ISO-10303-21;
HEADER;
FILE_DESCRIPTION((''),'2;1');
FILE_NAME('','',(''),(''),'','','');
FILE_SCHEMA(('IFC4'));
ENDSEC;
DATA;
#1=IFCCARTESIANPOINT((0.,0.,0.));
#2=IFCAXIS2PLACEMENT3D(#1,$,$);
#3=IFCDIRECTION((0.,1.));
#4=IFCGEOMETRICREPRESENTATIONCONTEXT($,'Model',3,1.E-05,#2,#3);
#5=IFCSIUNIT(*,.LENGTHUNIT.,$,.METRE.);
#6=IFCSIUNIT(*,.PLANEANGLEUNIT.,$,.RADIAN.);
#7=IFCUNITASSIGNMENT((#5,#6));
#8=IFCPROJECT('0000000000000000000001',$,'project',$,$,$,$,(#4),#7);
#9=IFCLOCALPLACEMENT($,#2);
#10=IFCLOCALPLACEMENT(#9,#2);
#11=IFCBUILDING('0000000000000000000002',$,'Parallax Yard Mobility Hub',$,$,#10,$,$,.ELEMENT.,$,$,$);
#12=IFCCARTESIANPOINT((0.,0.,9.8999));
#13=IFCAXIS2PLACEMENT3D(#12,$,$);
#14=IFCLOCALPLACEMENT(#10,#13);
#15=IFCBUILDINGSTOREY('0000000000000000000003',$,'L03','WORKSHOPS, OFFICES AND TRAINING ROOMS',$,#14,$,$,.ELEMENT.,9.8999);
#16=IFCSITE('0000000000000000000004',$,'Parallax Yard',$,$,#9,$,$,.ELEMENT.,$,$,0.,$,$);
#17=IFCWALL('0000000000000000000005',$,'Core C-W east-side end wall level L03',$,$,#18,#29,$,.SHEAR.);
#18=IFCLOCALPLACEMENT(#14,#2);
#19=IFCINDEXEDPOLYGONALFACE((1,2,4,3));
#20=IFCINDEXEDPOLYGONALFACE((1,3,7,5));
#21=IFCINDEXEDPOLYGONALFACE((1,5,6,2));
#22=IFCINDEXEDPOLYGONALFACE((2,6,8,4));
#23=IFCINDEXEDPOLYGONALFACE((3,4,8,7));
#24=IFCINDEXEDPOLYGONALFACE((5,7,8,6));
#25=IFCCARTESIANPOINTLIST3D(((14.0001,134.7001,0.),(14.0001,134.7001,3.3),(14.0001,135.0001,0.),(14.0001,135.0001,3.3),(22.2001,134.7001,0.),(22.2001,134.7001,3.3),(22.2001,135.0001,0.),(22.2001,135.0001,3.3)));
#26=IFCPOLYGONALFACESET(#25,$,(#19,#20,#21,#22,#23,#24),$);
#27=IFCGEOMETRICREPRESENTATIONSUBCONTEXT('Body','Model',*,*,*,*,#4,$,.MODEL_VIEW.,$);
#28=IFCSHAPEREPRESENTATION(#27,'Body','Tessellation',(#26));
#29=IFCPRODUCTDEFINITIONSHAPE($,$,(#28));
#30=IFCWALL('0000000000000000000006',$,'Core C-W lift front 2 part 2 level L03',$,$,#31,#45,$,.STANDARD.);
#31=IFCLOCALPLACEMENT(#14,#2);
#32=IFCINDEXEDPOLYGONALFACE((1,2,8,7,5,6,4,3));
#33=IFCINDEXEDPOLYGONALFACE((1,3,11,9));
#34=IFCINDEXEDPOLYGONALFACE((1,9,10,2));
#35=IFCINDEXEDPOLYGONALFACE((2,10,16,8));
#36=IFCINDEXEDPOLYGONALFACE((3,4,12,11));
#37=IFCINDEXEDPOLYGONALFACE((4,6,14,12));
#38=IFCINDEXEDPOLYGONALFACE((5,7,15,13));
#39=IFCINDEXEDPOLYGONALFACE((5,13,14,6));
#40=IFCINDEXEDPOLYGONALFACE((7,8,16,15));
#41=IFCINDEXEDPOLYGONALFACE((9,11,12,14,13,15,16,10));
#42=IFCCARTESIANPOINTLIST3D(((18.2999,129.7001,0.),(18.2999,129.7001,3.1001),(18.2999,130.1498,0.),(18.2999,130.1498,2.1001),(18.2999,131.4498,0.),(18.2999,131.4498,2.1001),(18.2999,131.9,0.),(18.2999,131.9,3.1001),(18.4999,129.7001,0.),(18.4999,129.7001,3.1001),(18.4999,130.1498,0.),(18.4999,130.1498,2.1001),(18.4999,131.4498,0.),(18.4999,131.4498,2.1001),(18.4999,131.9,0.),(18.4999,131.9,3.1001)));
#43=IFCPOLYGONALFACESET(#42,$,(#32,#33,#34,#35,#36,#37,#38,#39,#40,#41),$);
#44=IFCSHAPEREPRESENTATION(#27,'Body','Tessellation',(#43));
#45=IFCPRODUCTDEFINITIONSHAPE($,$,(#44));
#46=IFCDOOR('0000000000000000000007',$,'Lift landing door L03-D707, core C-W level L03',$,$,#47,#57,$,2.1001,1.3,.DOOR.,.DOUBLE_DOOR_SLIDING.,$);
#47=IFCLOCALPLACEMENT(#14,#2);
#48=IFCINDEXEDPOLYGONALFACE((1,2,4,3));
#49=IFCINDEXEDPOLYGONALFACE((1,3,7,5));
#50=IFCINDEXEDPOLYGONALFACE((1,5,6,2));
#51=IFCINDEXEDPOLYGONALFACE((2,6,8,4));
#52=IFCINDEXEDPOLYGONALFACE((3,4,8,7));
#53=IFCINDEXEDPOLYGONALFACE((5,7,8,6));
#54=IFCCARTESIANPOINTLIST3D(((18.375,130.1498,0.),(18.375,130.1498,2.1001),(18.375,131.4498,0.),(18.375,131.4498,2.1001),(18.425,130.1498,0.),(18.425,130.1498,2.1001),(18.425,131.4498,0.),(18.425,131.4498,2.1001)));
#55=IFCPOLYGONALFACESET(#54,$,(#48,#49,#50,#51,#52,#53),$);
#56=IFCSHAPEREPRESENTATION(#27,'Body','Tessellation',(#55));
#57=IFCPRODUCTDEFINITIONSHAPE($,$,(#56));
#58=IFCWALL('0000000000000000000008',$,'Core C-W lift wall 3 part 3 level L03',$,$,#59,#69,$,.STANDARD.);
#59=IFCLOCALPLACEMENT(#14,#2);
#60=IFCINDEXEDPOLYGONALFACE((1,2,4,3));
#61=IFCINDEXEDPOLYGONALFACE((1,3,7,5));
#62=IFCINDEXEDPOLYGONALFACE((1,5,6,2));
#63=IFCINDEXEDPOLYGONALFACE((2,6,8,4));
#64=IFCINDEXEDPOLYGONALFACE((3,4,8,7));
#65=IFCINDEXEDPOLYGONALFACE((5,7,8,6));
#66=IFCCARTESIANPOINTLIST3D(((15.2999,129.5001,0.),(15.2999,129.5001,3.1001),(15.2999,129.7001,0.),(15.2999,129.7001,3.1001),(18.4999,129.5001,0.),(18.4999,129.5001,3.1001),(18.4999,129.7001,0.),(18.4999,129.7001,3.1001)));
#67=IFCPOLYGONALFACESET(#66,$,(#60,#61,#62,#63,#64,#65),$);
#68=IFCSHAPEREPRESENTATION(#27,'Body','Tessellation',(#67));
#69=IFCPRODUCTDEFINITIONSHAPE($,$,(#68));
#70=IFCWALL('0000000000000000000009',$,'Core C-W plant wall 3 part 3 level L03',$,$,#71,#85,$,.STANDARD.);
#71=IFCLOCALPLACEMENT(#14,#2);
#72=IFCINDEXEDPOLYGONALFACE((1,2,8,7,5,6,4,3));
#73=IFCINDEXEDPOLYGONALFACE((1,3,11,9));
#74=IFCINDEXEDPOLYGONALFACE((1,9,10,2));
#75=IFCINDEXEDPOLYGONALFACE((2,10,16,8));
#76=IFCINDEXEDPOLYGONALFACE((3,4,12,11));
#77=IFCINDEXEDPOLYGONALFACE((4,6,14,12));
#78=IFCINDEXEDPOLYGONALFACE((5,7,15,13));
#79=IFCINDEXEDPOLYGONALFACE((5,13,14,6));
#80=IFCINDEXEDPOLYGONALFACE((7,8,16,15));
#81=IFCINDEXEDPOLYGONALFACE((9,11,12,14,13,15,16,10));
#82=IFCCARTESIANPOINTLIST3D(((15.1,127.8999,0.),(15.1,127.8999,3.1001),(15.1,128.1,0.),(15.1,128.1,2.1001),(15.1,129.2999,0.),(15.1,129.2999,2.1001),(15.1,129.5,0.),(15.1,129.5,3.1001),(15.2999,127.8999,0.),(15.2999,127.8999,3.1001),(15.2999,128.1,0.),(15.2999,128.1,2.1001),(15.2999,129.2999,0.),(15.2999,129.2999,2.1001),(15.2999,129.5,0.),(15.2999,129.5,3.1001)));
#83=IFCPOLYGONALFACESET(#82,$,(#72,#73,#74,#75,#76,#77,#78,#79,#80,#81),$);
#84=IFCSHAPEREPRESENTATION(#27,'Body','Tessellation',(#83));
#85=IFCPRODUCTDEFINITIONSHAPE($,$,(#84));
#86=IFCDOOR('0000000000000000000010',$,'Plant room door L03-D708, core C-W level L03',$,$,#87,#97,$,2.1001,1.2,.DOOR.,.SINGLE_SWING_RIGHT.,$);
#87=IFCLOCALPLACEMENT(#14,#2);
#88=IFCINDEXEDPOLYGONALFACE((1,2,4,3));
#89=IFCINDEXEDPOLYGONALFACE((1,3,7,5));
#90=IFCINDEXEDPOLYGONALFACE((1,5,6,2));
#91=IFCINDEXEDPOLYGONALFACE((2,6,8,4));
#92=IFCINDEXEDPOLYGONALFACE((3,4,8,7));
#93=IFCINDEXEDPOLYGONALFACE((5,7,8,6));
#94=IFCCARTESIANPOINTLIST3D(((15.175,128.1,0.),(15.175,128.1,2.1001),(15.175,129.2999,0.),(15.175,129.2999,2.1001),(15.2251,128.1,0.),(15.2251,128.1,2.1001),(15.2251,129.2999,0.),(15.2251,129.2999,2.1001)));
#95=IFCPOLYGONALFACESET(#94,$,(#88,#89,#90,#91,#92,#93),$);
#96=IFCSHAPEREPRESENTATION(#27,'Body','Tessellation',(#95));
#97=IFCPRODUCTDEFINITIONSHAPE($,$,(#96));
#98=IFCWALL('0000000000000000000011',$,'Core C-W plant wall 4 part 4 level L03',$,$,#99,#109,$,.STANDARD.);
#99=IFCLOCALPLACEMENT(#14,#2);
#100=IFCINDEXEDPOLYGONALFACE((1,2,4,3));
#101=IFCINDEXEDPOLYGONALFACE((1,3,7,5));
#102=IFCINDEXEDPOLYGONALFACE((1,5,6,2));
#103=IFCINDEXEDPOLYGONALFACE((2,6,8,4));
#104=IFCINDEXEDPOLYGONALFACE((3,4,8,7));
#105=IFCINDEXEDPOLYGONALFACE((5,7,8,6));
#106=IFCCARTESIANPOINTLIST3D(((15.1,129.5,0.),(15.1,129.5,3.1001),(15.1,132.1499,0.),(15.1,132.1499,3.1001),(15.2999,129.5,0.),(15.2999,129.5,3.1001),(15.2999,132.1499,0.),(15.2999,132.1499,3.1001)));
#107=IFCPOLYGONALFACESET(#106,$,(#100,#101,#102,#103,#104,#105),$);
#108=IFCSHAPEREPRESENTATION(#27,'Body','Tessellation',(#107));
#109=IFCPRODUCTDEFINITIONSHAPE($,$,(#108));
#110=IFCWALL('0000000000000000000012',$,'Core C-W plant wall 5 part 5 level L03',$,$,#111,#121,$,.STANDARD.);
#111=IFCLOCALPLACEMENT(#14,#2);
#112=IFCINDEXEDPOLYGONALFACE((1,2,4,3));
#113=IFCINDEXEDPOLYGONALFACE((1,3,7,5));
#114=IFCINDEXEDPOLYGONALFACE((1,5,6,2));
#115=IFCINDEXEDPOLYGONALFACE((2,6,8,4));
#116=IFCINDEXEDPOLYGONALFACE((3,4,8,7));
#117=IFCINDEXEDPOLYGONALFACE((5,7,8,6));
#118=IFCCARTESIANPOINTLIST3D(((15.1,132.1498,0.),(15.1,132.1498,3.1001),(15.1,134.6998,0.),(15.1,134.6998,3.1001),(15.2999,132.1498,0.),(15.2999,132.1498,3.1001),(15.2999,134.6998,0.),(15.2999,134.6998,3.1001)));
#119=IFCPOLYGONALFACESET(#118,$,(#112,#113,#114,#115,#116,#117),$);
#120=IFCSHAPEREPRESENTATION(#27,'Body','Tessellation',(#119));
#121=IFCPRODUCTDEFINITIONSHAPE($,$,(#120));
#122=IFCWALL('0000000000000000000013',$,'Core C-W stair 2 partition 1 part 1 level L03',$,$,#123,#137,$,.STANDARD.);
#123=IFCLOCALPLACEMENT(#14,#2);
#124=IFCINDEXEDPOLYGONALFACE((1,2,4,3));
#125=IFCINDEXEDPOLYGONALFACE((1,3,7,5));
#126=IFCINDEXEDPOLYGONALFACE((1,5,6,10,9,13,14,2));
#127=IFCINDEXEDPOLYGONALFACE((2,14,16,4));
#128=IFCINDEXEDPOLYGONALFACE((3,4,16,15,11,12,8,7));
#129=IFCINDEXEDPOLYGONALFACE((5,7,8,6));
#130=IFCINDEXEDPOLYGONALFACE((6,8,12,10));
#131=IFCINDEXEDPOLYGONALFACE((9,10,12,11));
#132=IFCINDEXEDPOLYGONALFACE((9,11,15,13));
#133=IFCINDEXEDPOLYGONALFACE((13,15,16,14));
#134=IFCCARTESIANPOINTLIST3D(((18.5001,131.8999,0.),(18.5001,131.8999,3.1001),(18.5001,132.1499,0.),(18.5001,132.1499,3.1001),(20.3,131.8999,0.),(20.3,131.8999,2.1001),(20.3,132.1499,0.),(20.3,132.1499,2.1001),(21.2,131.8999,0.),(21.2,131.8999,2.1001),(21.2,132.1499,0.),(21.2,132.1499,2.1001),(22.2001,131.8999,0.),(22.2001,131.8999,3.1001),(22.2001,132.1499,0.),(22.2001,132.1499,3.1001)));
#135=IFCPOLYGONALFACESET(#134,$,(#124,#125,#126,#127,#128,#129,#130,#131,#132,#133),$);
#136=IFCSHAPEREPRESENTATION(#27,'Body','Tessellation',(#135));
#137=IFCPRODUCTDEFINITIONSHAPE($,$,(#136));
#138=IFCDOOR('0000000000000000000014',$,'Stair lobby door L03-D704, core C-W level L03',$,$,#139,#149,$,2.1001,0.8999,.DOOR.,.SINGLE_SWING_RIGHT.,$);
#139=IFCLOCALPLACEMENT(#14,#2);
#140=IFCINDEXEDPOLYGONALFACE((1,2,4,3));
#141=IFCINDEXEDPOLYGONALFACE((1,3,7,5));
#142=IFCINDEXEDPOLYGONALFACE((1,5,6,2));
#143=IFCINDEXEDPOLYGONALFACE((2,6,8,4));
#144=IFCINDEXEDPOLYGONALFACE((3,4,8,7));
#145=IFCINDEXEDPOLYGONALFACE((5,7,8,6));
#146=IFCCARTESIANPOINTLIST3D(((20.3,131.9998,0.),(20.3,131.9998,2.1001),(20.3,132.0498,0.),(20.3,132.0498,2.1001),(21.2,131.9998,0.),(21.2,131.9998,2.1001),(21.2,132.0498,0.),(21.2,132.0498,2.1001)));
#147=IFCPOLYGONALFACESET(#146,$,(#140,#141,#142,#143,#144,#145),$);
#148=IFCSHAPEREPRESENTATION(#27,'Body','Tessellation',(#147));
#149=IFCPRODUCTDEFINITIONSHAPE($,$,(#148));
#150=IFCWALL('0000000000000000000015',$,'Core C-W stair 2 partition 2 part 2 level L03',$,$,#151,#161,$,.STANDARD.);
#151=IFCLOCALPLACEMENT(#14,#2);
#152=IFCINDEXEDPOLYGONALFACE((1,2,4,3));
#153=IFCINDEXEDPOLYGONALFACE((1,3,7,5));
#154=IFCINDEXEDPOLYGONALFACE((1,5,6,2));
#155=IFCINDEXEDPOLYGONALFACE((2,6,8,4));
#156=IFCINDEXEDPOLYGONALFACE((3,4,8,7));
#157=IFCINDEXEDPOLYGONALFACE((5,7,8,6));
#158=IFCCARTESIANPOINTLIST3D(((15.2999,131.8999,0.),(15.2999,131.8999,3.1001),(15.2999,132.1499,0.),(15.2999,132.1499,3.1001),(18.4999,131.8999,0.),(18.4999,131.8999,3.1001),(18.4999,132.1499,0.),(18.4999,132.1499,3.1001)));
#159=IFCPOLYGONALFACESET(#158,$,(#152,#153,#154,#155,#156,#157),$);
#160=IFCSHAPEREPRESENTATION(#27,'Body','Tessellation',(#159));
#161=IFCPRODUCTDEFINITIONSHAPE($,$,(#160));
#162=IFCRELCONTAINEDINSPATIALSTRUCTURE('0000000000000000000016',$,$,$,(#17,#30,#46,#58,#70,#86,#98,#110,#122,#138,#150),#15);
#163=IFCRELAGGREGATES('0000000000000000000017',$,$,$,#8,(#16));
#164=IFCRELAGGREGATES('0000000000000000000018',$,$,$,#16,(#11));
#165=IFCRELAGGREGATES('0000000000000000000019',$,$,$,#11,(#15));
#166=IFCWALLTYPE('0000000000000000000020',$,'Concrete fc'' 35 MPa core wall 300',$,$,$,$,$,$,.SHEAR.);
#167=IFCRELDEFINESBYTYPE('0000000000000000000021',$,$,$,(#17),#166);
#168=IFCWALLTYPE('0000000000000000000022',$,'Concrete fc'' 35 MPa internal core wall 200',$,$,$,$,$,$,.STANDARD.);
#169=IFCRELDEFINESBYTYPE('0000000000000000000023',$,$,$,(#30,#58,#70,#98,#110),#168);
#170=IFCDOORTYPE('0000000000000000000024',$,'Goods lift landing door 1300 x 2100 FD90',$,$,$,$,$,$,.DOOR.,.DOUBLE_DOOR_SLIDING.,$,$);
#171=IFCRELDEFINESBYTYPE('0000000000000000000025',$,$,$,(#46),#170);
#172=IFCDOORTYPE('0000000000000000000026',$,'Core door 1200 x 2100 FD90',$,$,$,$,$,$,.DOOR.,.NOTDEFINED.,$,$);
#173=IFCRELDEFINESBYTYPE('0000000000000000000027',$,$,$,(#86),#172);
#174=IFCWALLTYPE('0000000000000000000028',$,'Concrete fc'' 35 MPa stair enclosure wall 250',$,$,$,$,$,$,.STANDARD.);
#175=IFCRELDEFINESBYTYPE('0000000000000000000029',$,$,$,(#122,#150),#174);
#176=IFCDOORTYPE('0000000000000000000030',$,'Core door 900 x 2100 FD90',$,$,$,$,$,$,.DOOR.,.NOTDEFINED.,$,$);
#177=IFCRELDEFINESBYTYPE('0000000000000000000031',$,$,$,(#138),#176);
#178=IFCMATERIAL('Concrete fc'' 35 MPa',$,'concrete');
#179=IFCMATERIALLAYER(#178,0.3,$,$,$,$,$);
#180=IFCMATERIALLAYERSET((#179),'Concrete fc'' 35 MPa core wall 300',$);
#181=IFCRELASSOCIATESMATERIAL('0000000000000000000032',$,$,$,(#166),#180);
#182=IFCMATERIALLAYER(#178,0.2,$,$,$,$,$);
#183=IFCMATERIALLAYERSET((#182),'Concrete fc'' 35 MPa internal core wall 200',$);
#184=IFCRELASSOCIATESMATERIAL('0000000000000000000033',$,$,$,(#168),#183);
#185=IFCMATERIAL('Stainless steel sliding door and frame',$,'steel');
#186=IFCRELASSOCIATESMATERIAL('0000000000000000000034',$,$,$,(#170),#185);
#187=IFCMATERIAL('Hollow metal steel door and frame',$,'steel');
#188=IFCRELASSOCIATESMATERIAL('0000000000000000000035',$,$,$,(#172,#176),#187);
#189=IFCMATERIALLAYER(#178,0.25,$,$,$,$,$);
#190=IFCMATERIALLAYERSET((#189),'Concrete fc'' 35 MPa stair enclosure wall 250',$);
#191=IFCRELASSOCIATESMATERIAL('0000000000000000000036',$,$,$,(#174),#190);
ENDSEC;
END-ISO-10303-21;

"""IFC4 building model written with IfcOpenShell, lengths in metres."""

from ifc_helpers import new_model, si_unit, direction, frame, frame_2d, origin, place, context, subcontext, project, spatial, rectangle, extrude, material, layer, layer_set, type_object, element, fill, save


model = new_model("IFC4")

# Units and contexts
model_context = context("Model", 3, precision=1e-05, world=origin(), true_north=direction((0.0, 1.0)))
body_context = subcontext(model_context, "Body", "Model", "MODEL_VIEW")
ifc_project = project(units=[si_unit("LENGTHUNIT", "METRE"), si_unit("PLANEANGLEUNIT", "RADIAN")], contexts=[model_context])

# Site, building, storey
site_placement = place(None, origin())
site = spatial("IfcSite", under=ifc_project, at=site_placement, Name="Parallax Yard", CompositionType="ELEMENT", RefElevation=0.0)
building_placement = place(site_placement, origin())
building = spatial("IfcBuilding", under=site, at=building_placement, Name="Parallax Yard Mobility Hub", CompositionType="ELEMENT")
storey_placement = place(building_placement, frame((0.0, 0.0, 9.8999)))
storey = spatial("IfcBuildingStorey", under=building, at=storey_placement, Name="L03", Description="WORKSHOPS, OFFICES AND TRAINING ROOMS", CompositionType="ELEMENT", Elevation=9.8999)

# Wall
ifc_material_1 = material(Name="Concrete fc' 35 MPa", Category="concrete")
ifc_layer_1 = layer(ifc_material_1, 0.3)
ifc_layer_set_1 = layer_set([ifc_layer_1], Name="Concrete fc' 35 MPa core wall 300")
wall_type_1 = type_object("IfcWallType", Name="Concrete fc' 35 MPa core wall 300", PredefinedType="SHEAR", material=ifc_layer_set_1)
wall_1_placement = place(storey_placement, frame((14.0, 134.8501, 0.0), z_axis=(0.0, 0.0, 1.0), x_axis=(1.0, 0.0, 0.0)))
element("IfcWall", 1, at=wall_1_placement, inside=storey, type_object=wall_type_1, Name="Core C-W east-side end wall level L03", PredefinedType="SHEAR", context=body_context, shape_type="SweptSolid", body=[
    extrude(rectangle(XDim=8.2, YDim=0.3, at=frame_2d((4.1001, 0.0))), origin(), (0.0, 0.0, 1.0), 3.3),
])

# Wall, opening, door
ifc_layer_2 = layer(ifc_material_1, 0.2)
ifc_layer_set_2 = layer_set([ifc_layer_2], Name="Concrete fc' 35 MPa internal core wall 200")
wall_type_2 = type_object("IfcWallType", Name="Concrete fc' 35 MPa internal core wall 200", PredefinedType="STANDARD", material=ifc_layer_set_2)
wall_2_placement = place(storey_placement, frame((18.3999, 129.7, 0.0), z_axis=(0.0, 0.0, 1.0), x_axis=(0.0, 1.0, 0.0)))
wall_2 = element("IfcWall", 2, at=wall_2_placement, inside=storey, type_object=wall_type_2, Name="Core C-W lift front 2 part 2 level L03", PredefinedType="STANDARD", context=body_context, shape_type="SweptSolid", body=[
    extrude(rectangle(XDim=2.2, YDim=0.2, at=frame_2d((1.1001, 0.0))), origin(), (0.0, 0.0, 1.0), 3.1001),
])
opening_1_placement = place(wall_2_placement, frame((0.45, 0.0, 0.0)))
opening_1 = element("IfcOpeningElement", 3, at=opening_1_placement, cuts=wall_2, PredefinedType="OPENING", context=body_context, shape_type="SweptSolid", body=[
    extrude(rectangle(XDim=1.3, YDim=2.1001, at=frame_2d((0.6499, 1.05))), frame((0.0, 0.1099, 0.0), z_axis=(0.0, -1.0, 0.0), x_axis=(1.0, 0.0, 0.0)), (0.0, 0.0, 1.0), 0.22),
])
ifc_material_2 = material(Name="Stainless steel sliding door and frame", Category="steel")
door_type_1 = type_object("IfcDoorType", Name="Goods lift landing door 1300 x 2100 FD90", OperationType="DOUBLE_DOOR_SLIDING", PredefinedType="DOOR", material=ifc_material_2)
door_1_placement = place(opening_1_placement, origin())
door_1 = element("IfcDoor", 4, at=door_1_placement, inside=storey, type_object=door_type_1, Name="Lift landing door L03-D707, core C-W level L03", OperationType="DOUBLE_DOOR_SLIDING", OverallHeight=2.1001, OverallWidth=1.3, PredefinedType="DOOR", context=body_context, shape_type="SweptSolid", body=[
    extrude(rectangle(XDim=1.3, YDim=2.1001, at=frame_2d((0.6499, 1.05))), frame((0.0, 0.0249, 0.0), z_axis=(0.0, -1.0, 0.0), x_axis=(1.0, 0.0, 0.0)), (0.0, 0.0, 1.0), 0.05),
])
fill(opening_1, door_1)

# Wall
wall_3_placement = place(storey_placement, frame((18.5, 129.6001, 0.0), z_axis=(0.0, 0.0, 1.0), x_axis=(-1.0, 0.0, 0.0)))
element("IfcWall", 5, at=wall_3_placement, inside=storey, type_object=wall_type_2, Name="Core C-W lift wall 3 part 3 level L03", PredefinedType="STANDARD", context=body_context, shape_type="SweptSolid", body=[
    extrude(rectangle(XDim=3.2, YDim=0.2, at=frame_2d((1.6001, 0.0))), origin(), (0.0, 0.0, 1.0), 3.1001),
])

# Wall, opening, door
wall_4_placement = place(storey_placement, frame((15.2, 127.8999, 0.0), z_axis=(0.0, 0.0, 1.0), x_axis=(0.0, 1.0, 0.0)))
wall_4 = element("IfcWall", 6, at=wall_4_placement, inside=storey, type_object=wall_type_2, Name="Core C-W plant wall 3 part 3 level L03", PredefinedType="STANDARD", context=body_context, shape_type="SweptSolid", body=[
    extrude(rectangle(XDim=1.6001, YDim=0.2, at=frame_2d((0.8, 0.0))), origin(), (0.0, 0.0, 1.0), 3.1001),
])
opening_2_placement = place(wall_4_placement, frame((0.2, 0.0, 0.0)))
opening_2 = element("IfcOpeningElement", 7, at=opening_2_placement, cuts=wall_4, PredefinedType="OPENING", context=body_context, shape_type="SweptSolid", body=[
    extrude(rectangle(XDim=1.2, YDim=2.1001, at=frame_2d((0.6001, 1.05))), frame((0.0, 0.1099, 0.0), z_axis=(0.0, -1.0, 0.0), x_axis=(1.0, 0.0, 0.0)), (0.0, 0.0, 1.0), 0.22),
])
ifc_material_3 = material(Name="Hollow metal steel door and frame", Category="steel")
door_type_2 = type_object("IfcDoorType", Name="Core door 1200 x 2100 FD90", OperationType="NOTDEFINED", PredefinedType="DOOR", material=ifc_material_3)
door_2_placement = place(opening_2_placement, origin())
door_2 = element("IfcDoor", 8, at=door_2_placement, inside=storey, type_object=door_type_2, Name="Plant room door L03-D708, core C-W level L03", OperationType="SINGLE_SWING_RIGHT", OverallHeight=2.1001, OverallWidth=1.2, PredefinedType="DOOR", context=body_context, shape_type="SweptSolid", body=[
    extrude(rectangle(XDim=1.2, YDim=2.1001, at=frame_2d((0.6001, 1.05))), frame((0.0, 0.0249, 0.0), z_axis=(0.0, -1.0, 0.0), x_axis=(1.0, 0.0, 0.0)), (0.0, 0.0, 1.0), 0.05),
])
fill(opening_2, door_2)

# Walls
wall_5_placement = place(storey_placement, frame((15.2, 129.5, 0.0), z_axis=(0.0, 0.0, 1.0), x_axis=(0.0, 1.0, 0.0)))
element("IfcWall", 9, at=wall_5_placement, inside=storey, type_object=wall_type_2, Name="Core C-W plant wall 4 part 4 level L03", PredefinedType="STANDARD", context=body_context, shape_type="SweptSolid", body=[
    extrude(rectangle(XDim=2.6499, YDim=0.2, at=frame_2d((1.325, 0.0))), origin(), (0.0, 0.0, 1.0), 3.1001),
])
wall_6_placement = place(storey_placement, frame((15.2, 132.1499, 0.0), z_axis=(0.0, 0.0, 1.0), x_axis=(0.0, 1.0, 0.0)))
element("IfcWall", 10, at=wall_6_placement, inside=storey, type_object=wall_type_2, Name="Core C-W plant wall 5 part 5 level L03", PredefinedType="STANDARD", context=body_context, shape_type="SweptSolid", body=[
    extrude(rectangle(XDim=2.55, YDim=0.2, at=frame_2d((1.2749, 0.0))), origin(), (0.0, 0.0, 1.0), 3.1001),
])

# Wall, opening, door
ifc_layer_3 = layer(ifc_material_1, 0.25)
ifc_layer_set_3 = layer_set([ifc_layer_3], Name="Concrete fc' 35 MPa stair enclosure wall 250")
wall_type_3 = type_object("IfcWallType", Name="Concrete fc' 35 MPa stair enclosure wall 250", PredefinedType="STANDARD", material=ifc_layer_set_3)
wall_7_placement = place(storey_placement, frame((18.5, 132.0249, 0.0), z_axis=(0.0, 0.0, 1.0), x_axis=(1.0, 0.0, 0.0)))
wall_7 = element("IfcWall", 11, at=wall_7_placement, inside=storey, type_object=wall_type_3, Name="Core C-W stair 2 partition 1 part 1 level L03", PredefinedType="STANDARD", context=body_context, shape_type="SweptSolid", body=[
    extrude(rectangle(XDim=3.7, YDim=0.25, at=frame_2d((1.8501, 0.0))), origin(), (0.0, 0.0, 1.0), 3.1001),
])
opening_3_placement = place(wall_7_placement, frame((1.8, 0.0, 0.0)))
opening_3 = element("IfcOpeningElement", 12, at=opening_3_placement, cuts=wall_7, PredefinedType="OPENING", context=body_context, shape_type="SweptSolid", body=[
    extrude(rectangle(XDim=0.8999, YDim=2.1001, at=frame_2d((0.45, 1.05))), frame((0.0, 0.135, 0.0), z_axis=(0.0, -1.0, 0.0), x_axis=(1.0, 0.0, 0.0)), (0.0, 0.0, 1.0), 0.27),
])
door_type_3 = type_object("IfcDoorType", Name="Core door 900 x 2100 FD90", OperationType="NOTDEFINED", PredefinedType="DOOR", material=ifc_material_3)
door_3_placement = place(opening_3_placement, origin())
door_3 = element("IfcDoor", 13, at=door_3_placement, inside=storey, type_object=door_type_3, Name="Stair lobby door L03-D704, core C-W level L03", OperationType="SINGLE_SWING_RIGHT", OverallHeight=2.1001, OverallWidth=0.8999, PredefinedType="DOOR", context=body_context, shape_type="SweptSolid", body=[
    extrude(rectangle(XDim=0.8999, YDim=2.1001, at=frame_2d((0.45, 1.05))), frame((0.0, 0.0249, 0.0), z_axis=(0.0, -1.0, 0.0), x_axis=(1.0, 0.0, 0.0)), (0.0, 0.0, 1.0), 0.05),
])
fill(opening_3, door_3)

# Wall
wall_8_placement = place(storey_placement, frame((18.5, 132.0249, 0.0), z_axis=(0.0, 0.0, 1.0), x_axis=(-1.0, 0.0, 0.0)))
element("IfcWall", 14, at=wall_8_placement, inside=storey, type_object=wall_type_3, Name="Core C-W stair 2 partition 2 part 2 level L03", PredefinedType="STANDARD", context=body_context, shape_type="SweptSolid", body=[
    extrude(rectangle(XDim=3.2, YDim=0.25, at=frame_2d((1.6001, 0.0))), origin(), (0.0, 0.0, 1.0), 3.1001),
])

save(model, "model.ifc")
